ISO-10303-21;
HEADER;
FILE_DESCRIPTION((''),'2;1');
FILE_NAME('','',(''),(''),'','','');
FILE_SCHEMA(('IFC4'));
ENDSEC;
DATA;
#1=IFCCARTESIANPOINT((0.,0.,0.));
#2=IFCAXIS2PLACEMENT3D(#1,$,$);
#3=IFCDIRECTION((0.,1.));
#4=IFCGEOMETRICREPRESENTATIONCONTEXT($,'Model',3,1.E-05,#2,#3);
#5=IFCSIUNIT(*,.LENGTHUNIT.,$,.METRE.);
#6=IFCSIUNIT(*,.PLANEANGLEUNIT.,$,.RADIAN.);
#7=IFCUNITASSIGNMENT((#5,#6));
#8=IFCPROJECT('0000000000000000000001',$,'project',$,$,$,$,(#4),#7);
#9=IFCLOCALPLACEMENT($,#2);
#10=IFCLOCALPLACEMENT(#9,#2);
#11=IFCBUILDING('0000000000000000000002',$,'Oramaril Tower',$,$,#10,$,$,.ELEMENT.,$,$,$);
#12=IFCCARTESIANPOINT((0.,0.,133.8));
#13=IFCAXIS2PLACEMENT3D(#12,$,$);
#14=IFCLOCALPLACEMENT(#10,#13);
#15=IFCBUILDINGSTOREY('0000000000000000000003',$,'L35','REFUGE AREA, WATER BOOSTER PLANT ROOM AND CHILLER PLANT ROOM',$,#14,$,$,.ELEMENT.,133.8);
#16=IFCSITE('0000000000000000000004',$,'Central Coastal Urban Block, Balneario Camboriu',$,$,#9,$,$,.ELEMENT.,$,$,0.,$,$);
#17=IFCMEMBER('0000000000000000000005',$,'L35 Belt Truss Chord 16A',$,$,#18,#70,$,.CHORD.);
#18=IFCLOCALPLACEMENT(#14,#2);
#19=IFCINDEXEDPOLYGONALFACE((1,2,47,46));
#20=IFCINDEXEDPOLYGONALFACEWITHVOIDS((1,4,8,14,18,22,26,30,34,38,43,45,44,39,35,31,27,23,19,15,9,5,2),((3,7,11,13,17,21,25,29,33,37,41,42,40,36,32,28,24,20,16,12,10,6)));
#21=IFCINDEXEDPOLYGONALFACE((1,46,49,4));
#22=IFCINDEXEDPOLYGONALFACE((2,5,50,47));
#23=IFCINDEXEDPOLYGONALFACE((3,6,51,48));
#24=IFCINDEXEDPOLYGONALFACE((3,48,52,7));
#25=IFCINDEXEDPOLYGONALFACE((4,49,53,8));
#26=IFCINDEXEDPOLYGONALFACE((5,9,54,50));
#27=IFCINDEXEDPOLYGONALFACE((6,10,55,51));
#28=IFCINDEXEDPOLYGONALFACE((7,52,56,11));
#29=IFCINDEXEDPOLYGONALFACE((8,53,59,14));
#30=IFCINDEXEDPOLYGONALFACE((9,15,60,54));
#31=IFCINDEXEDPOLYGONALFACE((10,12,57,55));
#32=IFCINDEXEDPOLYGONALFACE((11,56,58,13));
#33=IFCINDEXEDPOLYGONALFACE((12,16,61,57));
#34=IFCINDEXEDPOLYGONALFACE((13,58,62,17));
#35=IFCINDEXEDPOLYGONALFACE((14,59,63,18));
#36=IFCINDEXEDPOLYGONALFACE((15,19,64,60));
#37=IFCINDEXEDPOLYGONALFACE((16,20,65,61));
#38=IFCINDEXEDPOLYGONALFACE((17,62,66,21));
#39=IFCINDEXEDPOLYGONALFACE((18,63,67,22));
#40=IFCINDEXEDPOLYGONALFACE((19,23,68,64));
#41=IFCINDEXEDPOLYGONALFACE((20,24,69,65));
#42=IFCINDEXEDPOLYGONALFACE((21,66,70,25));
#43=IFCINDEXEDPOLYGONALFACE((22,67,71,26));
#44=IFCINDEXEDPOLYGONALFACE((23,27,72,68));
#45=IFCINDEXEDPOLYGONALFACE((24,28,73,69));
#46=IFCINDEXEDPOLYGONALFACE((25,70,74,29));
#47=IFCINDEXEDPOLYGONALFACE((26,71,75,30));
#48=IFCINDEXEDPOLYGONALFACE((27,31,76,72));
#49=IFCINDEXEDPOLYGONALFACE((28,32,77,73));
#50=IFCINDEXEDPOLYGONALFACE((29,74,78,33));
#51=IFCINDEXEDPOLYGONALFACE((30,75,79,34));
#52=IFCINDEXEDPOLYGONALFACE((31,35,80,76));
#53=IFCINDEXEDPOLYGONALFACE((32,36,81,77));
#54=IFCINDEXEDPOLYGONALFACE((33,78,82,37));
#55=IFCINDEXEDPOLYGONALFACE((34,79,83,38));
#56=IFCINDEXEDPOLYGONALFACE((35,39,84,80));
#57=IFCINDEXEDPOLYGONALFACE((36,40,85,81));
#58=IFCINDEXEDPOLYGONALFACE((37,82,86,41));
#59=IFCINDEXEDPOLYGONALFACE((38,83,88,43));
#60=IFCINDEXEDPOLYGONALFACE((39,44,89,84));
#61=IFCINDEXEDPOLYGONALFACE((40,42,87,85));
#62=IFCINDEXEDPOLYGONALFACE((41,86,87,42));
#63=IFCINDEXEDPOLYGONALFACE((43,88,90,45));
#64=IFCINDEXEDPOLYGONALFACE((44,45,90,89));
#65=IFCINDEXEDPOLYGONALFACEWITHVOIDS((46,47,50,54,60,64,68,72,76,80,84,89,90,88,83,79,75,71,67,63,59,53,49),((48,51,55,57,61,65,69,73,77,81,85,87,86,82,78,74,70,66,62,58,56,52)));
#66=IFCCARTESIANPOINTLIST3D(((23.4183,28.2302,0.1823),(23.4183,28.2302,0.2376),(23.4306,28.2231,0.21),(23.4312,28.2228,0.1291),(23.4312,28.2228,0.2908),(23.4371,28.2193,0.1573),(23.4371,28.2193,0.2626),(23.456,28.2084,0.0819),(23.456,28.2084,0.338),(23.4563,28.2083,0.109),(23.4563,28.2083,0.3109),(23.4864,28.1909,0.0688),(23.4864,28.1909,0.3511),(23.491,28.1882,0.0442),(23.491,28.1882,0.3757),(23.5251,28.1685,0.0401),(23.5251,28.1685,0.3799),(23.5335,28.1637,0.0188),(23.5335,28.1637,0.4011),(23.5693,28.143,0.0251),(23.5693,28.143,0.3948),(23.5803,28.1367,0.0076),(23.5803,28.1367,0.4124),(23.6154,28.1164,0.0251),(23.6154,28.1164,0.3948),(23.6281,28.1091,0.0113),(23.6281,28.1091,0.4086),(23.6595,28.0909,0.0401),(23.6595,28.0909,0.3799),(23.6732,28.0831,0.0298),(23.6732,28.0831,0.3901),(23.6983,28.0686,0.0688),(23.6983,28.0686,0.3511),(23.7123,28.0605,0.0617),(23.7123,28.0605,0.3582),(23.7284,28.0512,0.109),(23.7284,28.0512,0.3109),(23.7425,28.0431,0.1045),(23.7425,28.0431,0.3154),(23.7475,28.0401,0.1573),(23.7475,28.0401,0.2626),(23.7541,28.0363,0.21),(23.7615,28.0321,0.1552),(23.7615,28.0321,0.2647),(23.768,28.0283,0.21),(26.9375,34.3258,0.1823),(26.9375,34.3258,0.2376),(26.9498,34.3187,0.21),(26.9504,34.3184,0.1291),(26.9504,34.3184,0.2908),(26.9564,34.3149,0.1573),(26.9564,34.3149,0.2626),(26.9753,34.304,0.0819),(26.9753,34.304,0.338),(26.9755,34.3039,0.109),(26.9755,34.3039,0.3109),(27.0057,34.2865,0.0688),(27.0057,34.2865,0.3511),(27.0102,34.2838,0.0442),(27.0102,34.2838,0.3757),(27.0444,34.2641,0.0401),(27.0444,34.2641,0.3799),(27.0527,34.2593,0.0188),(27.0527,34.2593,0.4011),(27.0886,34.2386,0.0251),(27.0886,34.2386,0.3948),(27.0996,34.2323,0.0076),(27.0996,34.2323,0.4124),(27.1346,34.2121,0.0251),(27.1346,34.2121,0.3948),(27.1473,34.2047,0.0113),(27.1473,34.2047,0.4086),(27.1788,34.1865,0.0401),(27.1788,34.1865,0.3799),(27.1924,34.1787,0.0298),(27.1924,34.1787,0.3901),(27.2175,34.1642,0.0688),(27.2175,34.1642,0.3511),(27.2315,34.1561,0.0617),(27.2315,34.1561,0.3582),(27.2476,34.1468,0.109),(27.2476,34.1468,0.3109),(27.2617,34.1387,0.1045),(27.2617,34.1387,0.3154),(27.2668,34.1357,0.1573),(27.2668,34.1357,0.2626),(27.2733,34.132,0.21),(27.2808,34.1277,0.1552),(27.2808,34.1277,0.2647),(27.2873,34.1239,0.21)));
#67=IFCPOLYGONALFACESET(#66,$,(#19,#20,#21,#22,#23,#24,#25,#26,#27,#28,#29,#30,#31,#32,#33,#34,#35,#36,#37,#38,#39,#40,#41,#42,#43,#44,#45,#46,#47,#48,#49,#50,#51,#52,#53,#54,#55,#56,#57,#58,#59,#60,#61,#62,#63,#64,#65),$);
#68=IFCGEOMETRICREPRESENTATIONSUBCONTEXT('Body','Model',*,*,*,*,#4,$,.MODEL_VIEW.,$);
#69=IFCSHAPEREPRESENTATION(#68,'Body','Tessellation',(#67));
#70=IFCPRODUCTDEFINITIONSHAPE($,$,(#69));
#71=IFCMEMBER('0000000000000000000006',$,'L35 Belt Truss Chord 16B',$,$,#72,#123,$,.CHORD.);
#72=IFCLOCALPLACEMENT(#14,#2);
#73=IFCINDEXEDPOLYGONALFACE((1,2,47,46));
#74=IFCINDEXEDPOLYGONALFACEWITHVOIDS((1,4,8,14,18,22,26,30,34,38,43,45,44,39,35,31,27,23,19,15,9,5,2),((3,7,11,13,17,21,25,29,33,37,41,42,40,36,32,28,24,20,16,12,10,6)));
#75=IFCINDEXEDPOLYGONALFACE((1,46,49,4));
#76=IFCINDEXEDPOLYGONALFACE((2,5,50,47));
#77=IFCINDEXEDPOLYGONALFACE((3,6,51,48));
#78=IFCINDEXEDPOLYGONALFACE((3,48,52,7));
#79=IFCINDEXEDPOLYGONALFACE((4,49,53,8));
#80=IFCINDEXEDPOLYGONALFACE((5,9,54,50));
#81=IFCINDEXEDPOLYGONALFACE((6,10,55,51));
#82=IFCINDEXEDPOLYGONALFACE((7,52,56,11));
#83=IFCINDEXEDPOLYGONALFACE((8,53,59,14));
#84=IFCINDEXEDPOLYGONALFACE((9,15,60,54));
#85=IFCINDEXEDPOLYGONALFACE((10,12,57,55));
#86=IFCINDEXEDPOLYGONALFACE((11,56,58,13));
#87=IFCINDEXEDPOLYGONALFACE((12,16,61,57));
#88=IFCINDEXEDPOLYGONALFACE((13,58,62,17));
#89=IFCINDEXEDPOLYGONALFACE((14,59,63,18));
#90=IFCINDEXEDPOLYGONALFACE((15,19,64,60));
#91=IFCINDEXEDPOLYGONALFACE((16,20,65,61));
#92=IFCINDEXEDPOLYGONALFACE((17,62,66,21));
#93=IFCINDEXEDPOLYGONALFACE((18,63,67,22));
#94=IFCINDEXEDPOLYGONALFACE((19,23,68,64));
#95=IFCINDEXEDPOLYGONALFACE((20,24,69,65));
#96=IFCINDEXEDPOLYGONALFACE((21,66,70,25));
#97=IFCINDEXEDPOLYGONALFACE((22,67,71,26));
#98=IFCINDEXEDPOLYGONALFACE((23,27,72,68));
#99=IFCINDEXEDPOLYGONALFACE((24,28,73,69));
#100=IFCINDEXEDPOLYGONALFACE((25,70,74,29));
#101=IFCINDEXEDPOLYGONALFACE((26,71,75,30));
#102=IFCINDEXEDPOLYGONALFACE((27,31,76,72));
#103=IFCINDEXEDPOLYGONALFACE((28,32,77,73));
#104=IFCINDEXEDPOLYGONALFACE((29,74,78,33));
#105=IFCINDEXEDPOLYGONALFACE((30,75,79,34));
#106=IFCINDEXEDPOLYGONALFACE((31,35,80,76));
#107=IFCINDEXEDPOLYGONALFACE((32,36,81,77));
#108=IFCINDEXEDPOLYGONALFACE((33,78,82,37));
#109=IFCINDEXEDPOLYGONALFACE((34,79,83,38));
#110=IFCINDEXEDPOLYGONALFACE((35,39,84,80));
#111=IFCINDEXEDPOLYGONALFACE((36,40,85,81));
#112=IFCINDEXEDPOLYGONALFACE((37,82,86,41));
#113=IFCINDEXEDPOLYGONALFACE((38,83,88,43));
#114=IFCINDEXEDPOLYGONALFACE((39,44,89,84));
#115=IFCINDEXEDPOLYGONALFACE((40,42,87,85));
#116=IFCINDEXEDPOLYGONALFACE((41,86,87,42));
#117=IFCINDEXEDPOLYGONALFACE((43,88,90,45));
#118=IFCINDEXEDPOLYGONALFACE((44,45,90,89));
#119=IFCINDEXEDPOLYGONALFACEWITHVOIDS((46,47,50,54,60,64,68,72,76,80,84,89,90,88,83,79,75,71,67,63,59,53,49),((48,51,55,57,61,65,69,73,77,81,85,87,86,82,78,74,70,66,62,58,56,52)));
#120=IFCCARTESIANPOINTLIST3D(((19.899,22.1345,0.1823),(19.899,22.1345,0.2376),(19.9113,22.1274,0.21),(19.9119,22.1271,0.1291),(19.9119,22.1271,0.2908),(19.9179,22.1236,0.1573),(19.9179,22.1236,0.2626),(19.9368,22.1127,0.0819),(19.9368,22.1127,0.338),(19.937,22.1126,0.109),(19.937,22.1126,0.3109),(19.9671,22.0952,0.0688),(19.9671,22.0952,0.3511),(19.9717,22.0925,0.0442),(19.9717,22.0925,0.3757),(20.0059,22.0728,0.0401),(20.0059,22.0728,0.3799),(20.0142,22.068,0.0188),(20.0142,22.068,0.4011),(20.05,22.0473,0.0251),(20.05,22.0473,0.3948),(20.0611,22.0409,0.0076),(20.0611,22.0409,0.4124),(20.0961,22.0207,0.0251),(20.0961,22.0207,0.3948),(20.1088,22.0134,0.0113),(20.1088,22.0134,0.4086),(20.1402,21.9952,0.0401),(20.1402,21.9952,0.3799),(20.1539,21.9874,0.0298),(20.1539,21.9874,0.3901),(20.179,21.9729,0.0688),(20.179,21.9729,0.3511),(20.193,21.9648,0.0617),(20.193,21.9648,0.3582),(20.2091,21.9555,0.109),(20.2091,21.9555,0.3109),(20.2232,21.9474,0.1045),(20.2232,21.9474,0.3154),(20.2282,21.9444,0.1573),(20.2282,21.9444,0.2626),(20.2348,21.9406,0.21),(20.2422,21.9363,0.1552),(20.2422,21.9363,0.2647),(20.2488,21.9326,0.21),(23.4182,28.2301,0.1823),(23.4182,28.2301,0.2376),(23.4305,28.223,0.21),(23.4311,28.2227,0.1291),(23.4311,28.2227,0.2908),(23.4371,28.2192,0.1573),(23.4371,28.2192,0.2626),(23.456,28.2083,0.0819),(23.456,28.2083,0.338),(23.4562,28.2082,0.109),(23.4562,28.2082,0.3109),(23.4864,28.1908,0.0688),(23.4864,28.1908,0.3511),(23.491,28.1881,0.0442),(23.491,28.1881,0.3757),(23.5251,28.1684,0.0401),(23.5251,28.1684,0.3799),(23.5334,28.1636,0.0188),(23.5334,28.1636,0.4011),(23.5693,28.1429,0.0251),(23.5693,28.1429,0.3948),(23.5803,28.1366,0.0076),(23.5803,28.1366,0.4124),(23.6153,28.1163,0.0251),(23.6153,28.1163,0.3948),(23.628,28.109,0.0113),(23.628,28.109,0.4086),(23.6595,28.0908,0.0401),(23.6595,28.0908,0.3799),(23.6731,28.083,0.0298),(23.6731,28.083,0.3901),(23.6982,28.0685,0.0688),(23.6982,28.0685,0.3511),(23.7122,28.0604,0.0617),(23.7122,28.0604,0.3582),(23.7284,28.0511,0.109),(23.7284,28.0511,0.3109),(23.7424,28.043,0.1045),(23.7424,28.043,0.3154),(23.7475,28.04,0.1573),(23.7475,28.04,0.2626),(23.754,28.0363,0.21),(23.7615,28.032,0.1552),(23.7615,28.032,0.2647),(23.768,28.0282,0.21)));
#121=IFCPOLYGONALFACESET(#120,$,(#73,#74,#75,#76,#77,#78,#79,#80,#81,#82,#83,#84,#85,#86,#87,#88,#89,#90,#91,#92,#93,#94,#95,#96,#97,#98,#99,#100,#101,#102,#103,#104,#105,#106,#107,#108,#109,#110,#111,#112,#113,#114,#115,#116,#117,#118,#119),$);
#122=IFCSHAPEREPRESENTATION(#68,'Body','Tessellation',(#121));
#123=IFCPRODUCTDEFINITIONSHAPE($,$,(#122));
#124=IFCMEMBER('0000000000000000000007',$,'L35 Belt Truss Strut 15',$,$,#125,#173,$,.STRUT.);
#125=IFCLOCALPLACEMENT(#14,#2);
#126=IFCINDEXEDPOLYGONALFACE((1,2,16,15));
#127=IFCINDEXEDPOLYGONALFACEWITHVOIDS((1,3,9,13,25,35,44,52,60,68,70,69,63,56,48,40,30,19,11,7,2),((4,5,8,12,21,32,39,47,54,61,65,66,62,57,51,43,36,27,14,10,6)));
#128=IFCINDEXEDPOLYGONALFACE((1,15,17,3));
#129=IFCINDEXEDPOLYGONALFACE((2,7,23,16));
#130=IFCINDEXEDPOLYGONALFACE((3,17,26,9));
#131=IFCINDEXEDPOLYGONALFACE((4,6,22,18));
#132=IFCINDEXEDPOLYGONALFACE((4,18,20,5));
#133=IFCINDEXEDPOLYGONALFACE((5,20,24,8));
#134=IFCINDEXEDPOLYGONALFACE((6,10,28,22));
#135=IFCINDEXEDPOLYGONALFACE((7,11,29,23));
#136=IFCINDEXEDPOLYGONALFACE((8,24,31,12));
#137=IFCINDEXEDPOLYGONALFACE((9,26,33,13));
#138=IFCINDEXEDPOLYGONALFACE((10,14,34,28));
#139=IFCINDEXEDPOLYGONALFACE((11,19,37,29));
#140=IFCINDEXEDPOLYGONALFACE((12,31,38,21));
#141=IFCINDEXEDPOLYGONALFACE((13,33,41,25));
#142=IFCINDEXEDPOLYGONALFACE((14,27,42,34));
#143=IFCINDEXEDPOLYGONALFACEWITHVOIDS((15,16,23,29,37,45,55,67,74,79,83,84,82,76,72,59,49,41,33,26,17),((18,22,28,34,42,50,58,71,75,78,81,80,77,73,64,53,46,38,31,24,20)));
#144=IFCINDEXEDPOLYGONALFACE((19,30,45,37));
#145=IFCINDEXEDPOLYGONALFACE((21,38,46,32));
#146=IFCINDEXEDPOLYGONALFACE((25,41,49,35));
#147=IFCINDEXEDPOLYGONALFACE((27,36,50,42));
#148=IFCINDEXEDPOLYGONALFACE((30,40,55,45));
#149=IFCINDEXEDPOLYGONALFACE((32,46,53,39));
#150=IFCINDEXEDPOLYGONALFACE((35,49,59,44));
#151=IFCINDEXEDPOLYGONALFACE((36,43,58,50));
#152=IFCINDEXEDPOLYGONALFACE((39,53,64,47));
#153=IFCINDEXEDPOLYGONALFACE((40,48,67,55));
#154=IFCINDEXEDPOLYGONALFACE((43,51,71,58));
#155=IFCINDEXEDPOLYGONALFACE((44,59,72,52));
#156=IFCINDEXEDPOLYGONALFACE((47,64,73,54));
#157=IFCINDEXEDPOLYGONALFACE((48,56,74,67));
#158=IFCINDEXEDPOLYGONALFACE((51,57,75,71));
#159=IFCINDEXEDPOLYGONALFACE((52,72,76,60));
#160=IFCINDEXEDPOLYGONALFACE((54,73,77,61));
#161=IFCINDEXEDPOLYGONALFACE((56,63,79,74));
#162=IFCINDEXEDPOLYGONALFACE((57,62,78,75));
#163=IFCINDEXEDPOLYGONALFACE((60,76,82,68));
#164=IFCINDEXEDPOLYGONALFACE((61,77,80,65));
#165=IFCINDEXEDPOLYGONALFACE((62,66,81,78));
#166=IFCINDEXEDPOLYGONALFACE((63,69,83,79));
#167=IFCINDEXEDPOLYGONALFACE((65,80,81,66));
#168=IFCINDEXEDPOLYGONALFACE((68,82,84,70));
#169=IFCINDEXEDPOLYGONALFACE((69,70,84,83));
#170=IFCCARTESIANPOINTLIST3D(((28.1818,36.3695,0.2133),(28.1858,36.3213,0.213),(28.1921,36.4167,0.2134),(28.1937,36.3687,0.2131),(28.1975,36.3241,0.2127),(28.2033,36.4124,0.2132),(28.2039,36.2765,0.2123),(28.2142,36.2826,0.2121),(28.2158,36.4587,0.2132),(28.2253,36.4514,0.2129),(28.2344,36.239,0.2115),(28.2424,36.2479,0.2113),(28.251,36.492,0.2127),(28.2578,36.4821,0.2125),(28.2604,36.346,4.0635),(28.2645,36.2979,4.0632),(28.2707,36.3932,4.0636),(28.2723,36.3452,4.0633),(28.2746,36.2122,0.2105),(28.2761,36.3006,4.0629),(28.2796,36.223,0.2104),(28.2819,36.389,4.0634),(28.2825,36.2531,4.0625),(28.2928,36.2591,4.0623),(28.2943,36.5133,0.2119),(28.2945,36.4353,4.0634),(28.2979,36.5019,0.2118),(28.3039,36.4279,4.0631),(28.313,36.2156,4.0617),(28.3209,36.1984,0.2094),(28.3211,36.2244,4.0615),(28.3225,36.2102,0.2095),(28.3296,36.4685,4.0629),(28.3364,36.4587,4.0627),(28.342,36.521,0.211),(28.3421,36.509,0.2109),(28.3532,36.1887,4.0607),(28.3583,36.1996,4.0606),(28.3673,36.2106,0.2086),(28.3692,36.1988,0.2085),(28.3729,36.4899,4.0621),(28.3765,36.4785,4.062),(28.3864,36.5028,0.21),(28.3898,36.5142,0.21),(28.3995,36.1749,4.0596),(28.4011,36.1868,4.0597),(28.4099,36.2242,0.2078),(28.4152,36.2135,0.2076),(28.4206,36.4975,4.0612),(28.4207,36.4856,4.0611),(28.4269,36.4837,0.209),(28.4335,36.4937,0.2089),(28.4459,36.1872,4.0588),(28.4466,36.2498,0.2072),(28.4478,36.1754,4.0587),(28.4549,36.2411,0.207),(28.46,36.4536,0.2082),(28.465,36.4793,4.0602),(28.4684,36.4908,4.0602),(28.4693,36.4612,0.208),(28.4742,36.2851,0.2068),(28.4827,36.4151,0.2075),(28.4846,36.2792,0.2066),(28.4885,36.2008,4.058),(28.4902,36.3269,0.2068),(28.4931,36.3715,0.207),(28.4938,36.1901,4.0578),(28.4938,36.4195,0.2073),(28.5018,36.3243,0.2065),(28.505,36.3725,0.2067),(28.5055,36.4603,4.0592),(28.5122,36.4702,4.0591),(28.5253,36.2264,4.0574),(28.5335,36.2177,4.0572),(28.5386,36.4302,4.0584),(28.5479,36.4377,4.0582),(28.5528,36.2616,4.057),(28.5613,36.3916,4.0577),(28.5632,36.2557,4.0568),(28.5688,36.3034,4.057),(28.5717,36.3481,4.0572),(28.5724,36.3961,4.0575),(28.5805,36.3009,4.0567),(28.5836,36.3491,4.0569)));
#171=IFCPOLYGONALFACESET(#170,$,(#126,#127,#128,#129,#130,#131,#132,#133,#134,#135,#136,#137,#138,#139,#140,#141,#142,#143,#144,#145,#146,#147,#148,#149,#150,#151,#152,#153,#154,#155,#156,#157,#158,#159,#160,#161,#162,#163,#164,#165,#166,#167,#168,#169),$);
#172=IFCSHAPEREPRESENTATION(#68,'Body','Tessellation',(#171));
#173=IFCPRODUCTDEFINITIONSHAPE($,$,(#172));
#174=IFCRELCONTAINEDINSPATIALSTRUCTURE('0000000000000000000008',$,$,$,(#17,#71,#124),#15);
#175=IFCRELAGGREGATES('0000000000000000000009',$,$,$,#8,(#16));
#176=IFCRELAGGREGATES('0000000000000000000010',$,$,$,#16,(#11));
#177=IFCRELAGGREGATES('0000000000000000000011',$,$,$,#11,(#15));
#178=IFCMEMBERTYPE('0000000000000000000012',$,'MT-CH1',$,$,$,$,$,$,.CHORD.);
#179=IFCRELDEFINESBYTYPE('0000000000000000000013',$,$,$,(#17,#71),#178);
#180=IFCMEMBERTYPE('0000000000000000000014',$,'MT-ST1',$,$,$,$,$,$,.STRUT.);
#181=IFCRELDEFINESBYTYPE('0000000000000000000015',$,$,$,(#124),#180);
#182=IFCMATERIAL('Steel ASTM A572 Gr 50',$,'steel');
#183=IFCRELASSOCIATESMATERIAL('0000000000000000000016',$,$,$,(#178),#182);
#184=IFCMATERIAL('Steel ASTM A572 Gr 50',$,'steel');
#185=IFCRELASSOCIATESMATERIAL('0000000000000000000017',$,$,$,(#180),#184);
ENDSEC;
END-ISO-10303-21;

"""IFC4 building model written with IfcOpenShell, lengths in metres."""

from ifc_helpers import new_model, si_unit, direction, frame, origin, origin_2d, place, context, subcontext, project, spatial, hollow_circle, extrude, material, material_profile, profile_set, type_object, element, save


model = new_model("IFC4")

# Units and contexts
model_context = context("Model", 3, precision=1e-05, world=origin(), true_north=direction((0.0, 1.0)))
body_context = subcontext(model_context, "Body", "Model", "MODEL_VIEW")
ifc_project = project(units=[si_unit("LENGTHUNIT", "METRE"), si_unit("PLANEANGLEUNIT", "RADIAN")], contexts=[model_context])

# Site, building, storey
site_placement = place(None, origin())
site = spatial("IfcSite", under=ifc_project, at=site_placement, Name="Central Coastal Urban Block, Balneario Camboriu", CompositionType="ELEMENT", RefElevation=0.0)
building_placement = place(site_placement, origin())
building = spatial("IfcBuilding", under=site, at=building_placement, Name="Oramaril Tower", CompositionType="ELEMENT")
storey_placement = place(building_placement, frame((0.0, 0.0, 133.8)))
storey = spatial("IfcBuildingStorey", under=building, at=storey_placement, Name="L35", Description="REFUGE AREA, WATER BOOSTER PLANT ROOM AND CHILLER PLANT ROOM", CompositionType="ELEMENT", Elevation=133.8)

# Members
ifc_material_1 = material(Name="Steel ASTM A572 Gr 50", Category="steel")
ifc_material_profile_1 = material_profile(ifc_material_1, hollow_circle(Radius=0.2029, WallThickness=0.0161, at=origin_2d()), Name="CHS406X16")
ifc_profile_set_1 = profile_set([ifc_material_profile_1], Name="Steel ASTM A572 Gr 50")
member_type_1 = type_object("IfcMemberType", Name="MT-CH1", PredefinedType="CHORD", material=ifc_profile_set_1)
for number, where, z_axis, x_axis, name in (
    (1, (27.1116, 34.2253, 0.21), (-0.499993, -0.86603, 0.0), (0.86603, -0.499993, 0.0), "L35 Belt Truss Chord 16A"),
    (2, (23.5923, 28.1296, 0.21), (-0.499993, -0.86603, 0.0), (0.86603, -0.499993, 0.0), "L35 Belt Truss Chord 16B"),
):
    element("IfcMember", number, at=place(storey_placement, frame(where, z_axis=z_axis, x_axis=x_axis)), inside=storey, type_object=member_type_1, Name=name, PredefinedType="CHORD", context=body_context, shape_type="SweptSolid", body=[
        extrude(hollow_circle(Radius=0.2029, WallThickness=0.0161, at=origin_2d()), origin(), (0.0, 0.0, 1.0), 7.0386),
    ])
ifc_material_2 = material(Name="Steel ASTM A572 Gr 50", Category="steel")
ifc_material_profile_2 = material_profile(ifc_material_2, hollow_circle(Radius=0.1621, WallThickness=0.012, at=origin_2d()), Name="CHS324X12")
ifc_profile_set_2 = profile_set([ifc_material_profile_2], Name="Steel ASTM A572 Gr 50")
member_type_2 = type_object("IfcMemberType", Name="MT-ST1", PredefinedType="STRUT", material=ifc_profile_set_2)
member_1_placement = place(storey_placement, frame((28.3435, 36.3589, 0.21), z_axis=(0.020414, -0.006086, 0.999773), x_axis=(0.285709, 0.958316, 0.0)))
element("IfcMember", 3, at=member_1_placement, inside=storey, type_object=member_type_2, Name="L35 Belt Truss Strut 15", PredefinedType="STRUT", context=body_context, shape_type="SweptSolid", body=[
    extrude(hollow_circle(Radius=0.1621, WallThickness=0.012, at=origin_2d()), origin(), (0.0, 0.0, 1.0), 3.8511),
])

save(model, "model.ifc")
